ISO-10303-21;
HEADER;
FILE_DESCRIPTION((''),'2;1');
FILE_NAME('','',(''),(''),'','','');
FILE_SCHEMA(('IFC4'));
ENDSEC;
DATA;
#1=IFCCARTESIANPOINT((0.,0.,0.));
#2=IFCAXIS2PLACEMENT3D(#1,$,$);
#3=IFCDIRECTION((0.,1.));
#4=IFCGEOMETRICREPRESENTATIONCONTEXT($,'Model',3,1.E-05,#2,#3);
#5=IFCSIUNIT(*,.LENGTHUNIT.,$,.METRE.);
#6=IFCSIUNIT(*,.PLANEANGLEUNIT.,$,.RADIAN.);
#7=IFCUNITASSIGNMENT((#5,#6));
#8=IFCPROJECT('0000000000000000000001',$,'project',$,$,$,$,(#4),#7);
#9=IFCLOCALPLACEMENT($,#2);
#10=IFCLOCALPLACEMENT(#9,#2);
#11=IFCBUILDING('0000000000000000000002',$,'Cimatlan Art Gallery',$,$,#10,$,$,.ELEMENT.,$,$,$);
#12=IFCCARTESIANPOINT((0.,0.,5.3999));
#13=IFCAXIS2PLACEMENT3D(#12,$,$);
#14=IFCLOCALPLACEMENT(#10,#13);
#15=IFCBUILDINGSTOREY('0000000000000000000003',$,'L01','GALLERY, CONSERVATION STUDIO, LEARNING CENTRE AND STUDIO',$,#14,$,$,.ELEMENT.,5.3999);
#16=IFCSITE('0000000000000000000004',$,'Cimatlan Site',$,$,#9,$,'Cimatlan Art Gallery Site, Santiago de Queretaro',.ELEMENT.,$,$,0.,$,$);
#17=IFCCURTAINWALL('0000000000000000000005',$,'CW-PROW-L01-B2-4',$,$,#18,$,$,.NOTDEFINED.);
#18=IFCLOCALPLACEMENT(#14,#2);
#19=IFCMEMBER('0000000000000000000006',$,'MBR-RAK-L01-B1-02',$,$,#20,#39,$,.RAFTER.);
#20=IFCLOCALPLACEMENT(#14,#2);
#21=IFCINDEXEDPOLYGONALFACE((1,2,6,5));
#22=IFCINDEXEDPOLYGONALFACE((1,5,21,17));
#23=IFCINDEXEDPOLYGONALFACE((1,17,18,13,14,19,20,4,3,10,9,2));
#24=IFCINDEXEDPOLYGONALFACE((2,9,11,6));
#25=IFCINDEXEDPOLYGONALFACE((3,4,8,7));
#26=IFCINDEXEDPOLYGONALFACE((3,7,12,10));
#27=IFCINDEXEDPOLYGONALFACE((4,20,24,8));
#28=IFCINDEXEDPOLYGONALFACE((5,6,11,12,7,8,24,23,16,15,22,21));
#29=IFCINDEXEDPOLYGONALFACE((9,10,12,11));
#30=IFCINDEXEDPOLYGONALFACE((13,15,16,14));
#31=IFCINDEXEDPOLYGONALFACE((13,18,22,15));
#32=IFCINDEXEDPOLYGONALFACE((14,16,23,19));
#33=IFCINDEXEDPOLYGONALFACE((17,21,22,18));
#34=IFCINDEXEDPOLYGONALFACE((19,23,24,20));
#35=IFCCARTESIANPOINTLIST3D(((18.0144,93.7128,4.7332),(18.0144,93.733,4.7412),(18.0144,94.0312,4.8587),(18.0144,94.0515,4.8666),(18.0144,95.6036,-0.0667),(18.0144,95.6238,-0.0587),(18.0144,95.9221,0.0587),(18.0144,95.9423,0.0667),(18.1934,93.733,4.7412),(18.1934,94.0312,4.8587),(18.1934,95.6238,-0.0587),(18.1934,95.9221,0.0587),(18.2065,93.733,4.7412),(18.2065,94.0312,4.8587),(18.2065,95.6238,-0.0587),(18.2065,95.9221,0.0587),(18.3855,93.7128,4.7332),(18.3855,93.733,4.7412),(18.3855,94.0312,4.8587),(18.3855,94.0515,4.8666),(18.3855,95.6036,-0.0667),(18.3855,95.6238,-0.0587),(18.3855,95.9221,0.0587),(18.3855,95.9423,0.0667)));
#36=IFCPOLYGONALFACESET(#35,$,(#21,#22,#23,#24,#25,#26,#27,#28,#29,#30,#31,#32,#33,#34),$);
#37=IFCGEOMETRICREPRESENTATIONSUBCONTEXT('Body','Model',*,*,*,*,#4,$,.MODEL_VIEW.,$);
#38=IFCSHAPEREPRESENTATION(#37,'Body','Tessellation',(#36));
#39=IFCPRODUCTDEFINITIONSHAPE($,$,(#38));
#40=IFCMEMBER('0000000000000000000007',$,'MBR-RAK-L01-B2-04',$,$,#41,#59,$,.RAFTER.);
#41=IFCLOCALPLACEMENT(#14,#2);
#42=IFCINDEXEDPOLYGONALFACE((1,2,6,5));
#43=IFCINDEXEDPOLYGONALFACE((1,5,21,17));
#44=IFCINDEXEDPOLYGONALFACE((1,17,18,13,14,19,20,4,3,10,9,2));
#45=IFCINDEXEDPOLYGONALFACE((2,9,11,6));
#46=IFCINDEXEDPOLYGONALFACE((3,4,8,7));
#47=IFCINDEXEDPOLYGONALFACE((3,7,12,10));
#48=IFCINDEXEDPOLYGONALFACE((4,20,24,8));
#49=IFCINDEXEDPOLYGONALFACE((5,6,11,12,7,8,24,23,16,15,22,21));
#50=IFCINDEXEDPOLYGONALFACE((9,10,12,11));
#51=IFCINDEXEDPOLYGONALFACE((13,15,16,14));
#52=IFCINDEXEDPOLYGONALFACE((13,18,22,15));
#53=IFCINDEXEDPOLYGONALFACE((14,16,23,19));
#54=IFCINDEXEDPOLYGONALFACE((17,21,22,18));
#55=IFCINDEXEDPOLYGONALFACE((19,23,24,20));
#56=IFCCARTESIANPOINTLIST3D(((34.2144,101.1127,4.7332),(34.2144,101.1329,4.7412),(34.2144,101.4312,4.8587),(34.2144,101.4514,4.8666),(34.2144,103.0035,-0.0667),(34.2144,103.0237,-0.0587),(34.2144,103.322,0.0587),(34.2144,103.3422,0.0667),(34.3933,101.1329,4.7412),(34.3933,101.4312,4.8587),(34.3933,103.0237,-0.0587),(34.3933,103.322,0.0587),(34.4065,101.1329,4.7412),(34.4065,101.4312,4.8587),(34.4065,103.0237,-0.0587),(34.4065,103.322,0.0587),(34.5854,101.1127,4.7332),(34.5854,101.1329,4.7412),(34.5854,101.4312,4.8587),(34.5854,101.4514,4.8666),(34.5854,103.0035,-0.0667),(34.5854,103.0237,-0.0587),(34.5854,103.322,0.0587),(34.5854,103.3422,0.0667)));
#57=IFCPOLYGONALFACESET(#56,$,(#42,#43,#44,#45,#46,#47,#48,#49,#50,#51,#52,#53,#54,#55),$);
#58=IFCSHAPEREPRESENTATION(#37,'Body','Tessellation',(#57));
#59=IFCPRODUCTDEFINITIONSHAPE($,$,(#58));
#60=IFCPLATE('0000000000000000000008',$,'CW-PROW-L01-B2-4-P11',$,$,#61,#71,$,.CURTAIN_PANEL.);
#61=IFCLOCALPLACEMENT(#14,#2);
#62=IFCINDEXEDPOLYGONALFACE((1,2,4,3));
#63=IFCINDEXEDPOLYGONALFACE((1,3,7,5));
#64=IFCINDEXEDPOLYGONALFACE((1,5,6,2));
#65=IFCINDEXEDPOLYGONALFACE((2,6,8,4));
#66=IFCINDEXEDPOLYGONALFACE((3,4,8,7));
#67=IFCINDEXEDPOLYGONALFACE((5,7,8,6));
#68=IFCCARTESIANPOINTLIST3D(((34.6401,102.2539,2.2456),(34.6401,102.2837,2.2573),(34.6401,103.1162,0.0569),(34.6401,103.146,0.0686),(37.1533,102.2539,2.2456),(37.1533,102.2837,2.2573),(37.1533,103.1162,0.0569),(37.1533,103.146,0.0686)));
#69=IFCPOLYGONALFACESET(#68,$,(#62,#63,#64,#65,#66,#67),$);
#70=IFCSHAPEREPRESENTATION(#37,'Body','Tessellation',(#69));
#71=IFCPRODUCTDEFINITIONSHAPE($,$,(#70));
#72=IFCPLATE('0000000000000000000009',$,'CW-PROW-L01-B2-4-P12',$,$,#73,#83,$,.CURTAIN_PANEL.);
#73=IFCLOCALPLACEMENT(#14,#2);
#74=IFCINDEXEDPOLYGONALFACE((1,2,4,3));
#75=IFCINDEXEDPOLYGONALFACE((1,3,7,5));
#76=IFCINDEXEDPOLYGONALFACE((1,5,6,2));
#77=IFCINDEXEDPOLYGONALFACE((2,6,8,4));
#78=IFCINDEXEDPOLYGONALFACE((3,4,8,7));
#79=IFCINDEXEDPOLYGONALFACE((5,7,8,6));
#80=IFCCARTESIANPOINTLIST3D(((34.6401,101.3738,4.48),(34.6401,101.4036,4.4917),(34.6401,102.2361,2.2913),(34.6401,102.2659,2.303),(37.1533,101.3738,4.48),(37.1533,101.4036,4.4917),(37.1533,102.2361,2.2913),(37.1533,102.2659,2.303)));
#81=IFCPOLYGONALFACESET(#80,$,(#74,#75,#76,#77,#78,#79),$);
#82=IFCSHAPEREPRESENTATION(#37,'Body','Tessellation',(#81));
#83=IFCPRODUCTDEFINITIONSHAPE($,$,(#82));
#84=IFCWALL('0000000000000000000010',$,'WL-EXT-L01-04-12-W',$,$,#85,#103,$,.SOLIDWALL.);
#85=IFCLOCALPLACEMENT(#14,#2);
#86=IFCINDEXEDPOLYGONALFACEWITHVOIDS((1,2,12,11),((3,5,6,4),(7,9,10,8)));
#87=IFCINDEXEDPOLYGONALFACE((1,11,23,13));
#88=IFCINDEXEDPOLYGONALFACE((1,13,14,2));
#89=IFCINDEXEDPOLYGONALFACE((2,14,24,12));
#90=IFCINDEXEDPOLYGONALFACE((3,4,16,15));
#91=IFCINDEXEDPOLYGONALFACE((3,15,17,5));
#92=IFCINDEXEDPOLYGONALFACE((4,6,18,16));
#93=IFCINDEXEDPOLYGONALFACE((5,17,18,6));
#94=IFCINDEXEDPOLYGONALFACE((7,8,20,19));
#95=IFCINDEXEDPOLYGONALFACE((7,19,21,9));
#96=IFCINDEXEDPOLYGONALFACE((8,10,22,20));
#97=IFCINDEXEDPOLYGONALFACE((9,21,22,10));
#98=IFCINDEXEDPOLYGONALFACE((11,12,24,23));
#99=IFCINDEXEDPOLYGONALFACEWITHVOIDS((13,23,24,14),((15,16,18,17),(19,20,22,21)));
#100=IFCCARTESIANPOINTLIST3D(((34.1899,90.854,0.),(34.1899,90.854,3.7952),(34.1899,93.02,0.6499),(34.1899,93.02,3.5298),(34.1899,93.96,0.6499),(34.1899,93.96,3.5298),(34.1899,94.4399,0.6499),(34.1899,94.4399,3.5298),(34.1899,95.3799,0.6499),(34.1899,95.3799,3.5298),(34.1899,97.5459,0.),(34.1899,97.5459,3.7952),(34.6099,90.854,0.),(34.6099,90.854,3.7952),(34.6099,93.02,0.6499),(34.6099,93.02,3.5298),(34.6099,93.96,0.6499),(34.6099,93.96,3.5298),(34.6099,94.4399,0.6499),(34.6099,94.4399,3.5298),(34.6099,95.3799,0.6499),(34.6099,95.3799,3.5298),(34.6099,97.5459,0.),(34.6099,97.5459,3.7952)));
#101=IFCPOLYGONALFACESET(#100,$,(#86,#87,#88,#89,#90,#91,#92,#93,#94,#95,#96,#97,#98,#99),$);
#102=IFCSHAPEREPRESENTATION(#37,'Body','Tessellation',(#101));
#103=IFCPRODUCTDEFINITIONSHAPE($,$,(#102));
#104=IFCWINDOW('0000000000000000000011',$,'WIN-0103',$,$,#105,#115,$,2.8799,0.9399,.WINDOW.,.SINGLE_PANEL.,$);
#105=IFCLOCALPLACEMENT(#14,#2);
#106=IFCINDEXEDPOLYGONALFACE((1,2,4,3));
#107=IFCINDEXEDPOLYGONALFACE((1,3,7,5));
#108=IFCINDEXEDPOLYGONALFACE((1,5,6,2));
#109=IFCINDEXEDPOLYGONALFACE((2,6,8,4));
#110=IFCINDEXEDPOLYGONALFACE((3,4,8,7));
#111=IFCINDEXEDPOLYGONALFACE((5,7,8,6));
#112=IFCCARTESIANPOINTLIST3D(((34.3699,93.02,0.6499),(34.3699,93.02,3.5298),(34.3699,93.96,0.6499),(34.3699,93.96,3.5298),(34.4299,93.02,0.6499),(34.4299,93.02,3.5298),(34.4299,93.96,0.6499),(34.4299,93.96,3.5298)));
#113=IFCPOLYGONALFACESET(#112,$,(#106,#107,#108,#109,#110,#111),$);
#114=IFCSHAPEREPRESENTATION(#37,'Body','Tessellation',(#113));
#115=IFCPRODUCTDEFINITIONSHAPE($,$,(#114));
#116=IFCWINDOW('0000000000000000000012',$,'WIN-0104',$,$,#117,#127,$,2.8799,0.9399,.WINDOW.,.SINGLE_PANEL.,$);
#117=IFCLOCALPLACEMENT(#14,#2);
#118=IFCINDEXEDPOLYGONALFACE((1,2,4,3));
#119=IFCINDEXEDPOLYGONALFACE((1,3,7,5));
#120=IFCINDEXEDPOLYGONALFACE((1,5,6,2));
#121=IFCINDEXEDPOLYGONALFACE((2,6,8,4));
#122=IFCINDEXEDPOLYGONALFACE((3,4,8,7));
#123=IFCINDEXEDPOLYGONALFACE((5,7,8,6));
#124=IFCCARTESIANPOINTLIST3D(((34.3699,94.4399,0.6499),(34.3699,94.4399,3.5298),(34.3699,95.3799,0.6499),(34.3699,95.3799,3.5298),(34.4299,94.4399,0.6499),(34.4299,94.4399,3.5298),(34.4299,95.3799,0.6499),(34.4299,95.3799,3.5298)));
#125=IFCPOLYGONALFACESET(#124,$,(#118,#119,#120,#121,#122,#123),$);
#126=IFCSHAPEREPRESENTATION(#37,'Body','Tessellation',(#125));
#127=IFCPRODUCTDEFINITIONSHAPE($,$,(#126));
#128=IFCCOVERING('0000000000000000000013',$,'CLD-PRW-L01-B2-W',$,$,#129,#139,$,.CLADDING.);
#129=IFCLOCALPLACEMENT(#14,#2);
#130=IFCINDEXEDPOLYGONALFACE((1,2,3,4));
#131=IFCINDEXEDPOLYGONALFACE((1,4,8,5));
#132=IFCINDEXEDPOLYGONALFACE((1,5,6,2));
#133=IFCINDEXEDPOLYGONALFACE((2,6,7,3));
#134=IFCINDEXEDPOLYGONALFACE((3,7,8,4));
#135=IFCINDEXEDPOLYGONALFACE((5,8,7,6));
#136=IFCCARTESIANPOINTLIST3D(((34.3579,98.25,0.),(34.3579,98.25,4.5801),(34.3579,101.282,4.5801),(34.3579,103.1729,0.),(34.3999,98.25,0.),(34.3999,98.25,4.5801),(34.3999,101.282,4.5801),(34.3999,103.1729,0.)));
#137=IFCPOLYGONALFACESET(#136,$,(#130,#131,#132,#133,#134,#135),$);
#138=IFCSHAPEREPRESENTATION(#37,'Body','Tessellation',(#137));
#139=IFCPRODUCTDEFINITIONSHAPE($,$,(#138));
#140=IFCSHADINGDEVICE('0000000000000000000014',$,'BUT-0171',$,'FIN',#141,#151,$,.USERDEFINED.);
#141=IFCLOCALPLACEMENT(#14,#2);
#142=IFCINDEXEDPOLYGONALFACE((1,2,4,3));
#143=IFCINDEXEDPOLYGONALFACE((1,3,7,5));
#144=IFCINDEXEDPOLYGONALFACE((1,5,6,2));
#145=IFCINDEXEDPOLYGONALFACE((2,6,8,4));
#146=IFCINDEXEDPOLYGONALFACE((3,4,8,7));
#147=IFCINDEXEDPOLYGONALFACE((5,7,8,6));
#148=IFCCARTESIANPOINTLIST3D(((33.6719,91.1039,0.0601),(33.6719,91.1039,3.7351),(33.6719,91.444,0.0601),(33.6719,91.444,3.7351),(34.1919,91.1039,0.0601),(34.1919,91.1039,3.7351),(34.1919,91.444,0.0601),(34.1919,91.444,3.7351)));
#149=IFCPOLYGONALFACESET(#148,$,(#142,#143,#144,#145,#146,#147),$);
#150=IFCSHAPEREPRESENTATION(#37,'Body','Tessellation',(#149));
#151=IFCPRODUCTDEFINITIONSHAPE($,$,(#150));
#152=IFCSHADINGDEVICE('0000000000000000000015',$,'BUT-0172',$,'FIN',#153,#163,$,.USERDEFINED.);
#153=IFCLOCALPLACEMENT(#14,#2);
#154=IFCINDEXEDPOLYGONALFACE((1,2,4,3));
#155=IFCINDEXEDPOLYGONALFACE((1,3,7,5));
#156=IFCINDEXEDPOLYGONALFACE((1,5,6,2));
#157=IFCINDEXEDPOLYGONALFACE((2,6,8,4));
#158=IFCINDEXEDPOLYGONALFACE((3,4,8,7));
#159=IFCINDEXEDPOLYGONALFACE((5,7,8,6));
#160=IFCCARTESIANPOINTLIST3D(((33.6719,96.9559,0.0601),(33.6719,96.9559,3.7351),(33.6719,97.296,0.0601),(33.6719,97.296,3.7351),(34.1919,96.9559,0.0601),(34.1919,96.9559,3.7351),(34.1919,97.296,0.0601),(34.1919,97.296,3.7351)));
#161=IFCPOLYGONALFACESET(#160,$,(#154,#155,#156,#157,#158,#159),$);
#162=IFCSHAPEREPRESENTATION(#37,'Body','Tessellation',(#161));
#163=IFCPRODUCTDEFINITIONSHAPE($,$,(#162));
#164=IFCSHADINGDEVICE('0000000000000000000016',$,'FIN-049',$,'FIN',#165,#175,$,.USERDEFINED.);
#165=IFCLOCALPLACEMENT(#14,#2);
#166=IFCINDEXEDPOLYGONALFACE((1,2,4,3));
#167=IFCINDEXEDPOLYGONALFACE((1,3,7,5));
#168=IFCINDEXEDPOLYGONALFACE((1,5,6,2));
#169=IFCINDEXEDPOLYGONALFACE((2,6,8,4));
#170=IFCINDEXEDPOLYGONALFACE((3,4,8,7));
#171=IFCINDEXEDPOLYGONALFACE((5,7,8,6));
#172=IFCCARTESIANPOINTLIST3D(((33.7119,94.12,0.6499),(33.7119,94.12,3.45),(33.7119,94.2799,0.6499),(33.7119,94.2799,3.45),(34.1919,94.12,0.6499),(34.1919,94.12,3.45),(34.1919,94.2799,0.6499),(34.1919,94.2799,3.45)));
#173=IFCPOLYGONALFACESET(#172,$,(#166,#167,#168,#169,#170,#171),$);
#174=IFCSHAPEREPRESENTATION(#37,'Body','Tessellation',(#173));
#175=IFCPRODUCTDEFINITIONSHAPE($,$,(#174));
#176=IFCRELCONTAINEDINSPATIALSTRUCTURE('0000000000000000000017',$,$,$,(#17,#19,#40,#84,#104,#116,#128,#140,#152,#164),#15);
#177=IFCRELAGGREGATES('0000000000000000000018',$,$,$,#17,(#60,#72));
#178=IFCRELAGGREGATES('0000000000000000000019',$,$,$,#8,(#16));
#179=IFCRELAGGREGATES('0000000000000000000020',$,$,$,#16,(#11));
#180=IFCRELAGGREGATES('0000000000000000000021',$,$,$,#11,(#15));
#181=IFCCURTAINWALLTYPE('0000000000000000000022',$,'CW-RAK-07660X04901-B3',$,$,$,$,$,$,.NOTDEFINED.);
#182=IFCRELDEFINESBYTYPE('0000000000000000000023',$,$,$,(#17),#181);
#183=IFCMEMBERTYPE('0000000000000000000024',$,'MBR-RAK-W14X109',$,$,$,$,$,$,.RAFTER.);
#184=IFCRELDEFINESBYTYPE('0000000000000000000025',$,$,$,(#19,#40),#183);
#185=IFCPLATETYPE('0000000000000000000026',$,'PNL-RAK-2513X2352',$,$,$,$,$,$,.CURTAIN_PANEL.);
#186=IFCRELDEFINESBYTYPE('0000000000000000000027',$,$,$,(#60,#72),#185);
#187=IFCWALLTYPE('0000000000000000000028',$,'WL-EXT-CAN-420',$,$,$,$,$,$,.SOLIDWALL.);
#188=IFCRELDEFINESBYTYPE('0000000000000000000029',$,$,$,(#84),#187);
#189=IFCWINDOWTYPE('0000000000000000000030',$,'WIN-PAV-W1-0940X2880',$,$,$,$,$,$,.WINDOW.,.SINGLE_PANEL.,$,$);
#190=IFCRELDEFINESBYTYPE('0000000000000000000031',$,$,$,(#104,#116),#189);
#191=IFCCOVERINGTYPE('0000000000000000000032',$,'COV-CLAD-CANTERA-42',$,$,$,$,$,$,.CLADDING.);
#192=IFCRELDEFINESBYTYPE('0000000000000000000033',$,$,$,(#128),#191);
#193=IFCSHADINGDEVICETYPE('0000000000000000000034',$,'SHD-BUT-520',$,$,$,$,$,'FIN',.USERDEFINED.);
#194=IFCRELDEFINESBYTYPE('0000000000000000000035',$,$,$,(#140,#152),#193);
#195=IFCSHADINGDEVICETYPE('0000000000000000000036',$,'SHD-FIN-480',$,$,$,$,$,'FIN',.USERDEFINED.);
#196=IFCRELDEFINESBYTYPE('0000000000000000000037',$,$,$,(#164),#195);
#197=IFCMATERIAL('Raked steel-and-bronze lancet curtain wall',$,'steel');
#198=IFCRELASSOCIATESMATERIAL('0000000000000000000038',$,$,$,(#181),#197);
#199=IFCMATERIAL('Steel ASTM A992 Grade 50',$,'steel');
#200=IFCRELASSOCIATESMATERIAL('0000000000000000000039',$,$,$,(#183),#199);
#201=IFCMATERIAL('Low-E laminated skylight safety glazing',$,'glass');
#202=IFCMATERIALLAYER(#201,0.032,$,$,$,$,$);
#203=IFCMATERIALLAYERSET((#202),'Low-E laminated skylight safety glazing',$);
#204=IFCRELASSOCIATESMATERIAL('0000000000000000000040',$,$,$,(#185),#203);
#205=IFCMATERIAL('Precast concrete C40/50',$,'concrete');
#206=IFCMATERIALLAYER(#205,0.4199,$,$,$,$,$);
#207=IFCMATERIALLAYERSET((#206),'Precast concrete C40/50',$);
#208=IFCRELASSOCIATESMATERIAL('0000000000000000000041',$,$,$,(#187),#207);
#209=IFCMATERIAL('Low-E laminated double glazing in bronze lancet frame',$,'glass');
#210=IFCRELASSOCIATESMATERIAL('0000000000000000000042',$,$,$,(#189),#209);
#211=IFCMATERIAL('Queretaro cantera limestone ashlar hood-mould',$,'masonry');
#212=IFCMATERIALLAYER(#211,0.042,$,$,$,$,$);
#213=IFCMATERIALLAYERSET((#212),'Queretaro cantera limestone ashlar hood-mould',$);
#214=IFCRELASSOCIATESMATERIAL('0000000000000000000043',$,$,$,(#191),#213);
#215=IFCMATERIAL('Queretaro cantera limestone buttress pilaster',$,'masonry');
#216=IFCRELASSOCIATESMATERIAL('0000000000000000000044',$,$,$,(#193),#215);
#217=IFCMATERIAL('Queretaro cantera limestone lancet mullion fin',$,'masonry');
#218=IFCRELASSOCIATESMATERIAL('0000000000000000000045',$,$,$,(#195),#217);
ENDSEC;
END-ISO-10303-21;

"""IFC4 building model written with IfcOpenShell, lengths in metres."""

from ifc_helpers import new_model, si_unit, direction, frame, frame_2d, origin, origin_2d, place, context, subcontext, project, spatial, polyline, rectangle, i_section, outline, extrude, material, layer, layer_set, material_profile, profile_set, type_object, element, fill, aggregate, save


model = new_model("IFC4")

# Units and contexts
model_context = context("Model", 3, precision=1e-05, world=origin(), true_north=direction((0.0, 1.0)))
body_context = subcontext(model_context, "Body", "Model", "MODEL_VIEW")
ifc_project = project(units=[si_unit("LENGTHUNIT", "METRE"), si_unit("PLANEANGLEUNIT", "RADIAN")], contexts=[model_context])

# Site, building, storey
site_placement = place(None, origin())
site = spatial("IfcSite", under=ifc_project, at=site_placement, Name="Cimatlan Site", LongName="Cimatlan Art Gallery Site, Santiago de Queretaro", CompositionType="ELEMENT", RefElevation=0.0)
building_placement = place(site_placement, origin())
building = spatial("IfcBuilding", under=site, at=building_placement, Name="Cimatlan Art Gallery", CompositionType="ELEMENT")
storey_placement = place(building_placement, frame((0.0, 0.0, 5.3999)))
storey = spatial("IfcBuildingStorey", under=building, at=storey_placement, Name="L01", Description="GALLERY, CONSERVATION STUDIO, LEARNING CENTRE AND STUDIO", CompositionType="ELEMENT", Elevation=5.3999)

# Shared definitions
ifc_material_1 = material(Name="Steel ASTM A992 Grade 50", Category="steel")

# Curtain wall
ifc_material_2 = material(Name="Raked steel-and-bronze lancet curtain wall", Category="steel")
curtain_wall_type = type_object("IfcCurtainWallType", Name="CW-RAK-07660X04901-B3", PredefinedType="NOTDEFINED", material=ifc_material_2)
curtain_wall_placement = place(storey_placement, origin())
curtain_wall = element("IfcCurtainWall", 1, at=curtain_wall_placement, inside=storey, type_object=curtain_wall_type, Name="CW-PROW-L01-B2-4", PredefinedType="NOTDEFINED")

# Members
ifc_material_profile_1 = material_profile(ifc_material_1, i_section(OverallWidth=0.3711, OverallDepth=0.364, WebThickness=0.0132, FlangeThickness=0.0217, at=origin_2d()), Name="W14X109")
ifc_profile_set_1 = profile_set([ifc_material_profile_1], Name="Steel ASTM A992 Grade 50")
member_type_1 = type_object("IfcMemberType", Name="MBR-RAK-W14X109", PredefinedType="RAFTER", material=ifc_profile_set_1)
for number, where, z_axis, x_axis, name in (
    (2, (18.2, 95.7729, 0.0), (0.0, -0.366515, 0.930412), (1.0, 0.0, 0.0), "MBR-RAK-L01-B1-02"),
    (3, (34.3999, 103.1729, 0.0), (0.0, -0.366515, 0.930412), (1.0, 0.0, 0.0), "MBR-RAK-L01-B2-04"),
):
    element("IfcMember", number, at=place(storey_placement, frame(where, z_axis=z_axis, x_axis=x_axis)), inside=storey, type_object=member_type_1, Name=name, PredefinedType="RAFTER", context=body_context, shape_type="SweptSolid", body=[
        extrude(i_section(OverallWidth=0.3711, OverallDepth=0.364, WebThickness=0.0132, FlangeThickness=0.0217, at=origin_2d()), origin(), (0.0, 0.0, 1.0), 5.1589),
    ])

# Plates
ifc_material_3 = material(Name="Low-E laminated skylight safety glazing", Category="glass")
ifc_layer_1 = layer(ifc_material_3, 0.032)
ifc_layer_set_1 = layer_set([ifc_layer_1], Name="Low-E laminated skylight safety glazing")
plate_type = type_object("IfcPlateType", Name="PNL-RAK-2513X2352", PredefinedType="CURTAIN_PANEL", material=ifc_layer_set_1)
plate_1_placement = place(storey_placement, frame((34.6401, 103.146, 0.0686), z_axis=(0.0, 0.930397, 0.366554), x_axis=(1.0, 0.0, 0.0)))
plate_1 = element("IfcPlate", 4, at=plate_1_placement, type_object=plate_type, Name="CW-PROW-L01-B2-4-P11", PredefinedType="CURTAIN_PANEL", context=body_context, shape_type="SweptSolid", body=[
    extrude(outline(polyline([(0.0, 0.0), (2.5132, 0.0), (2.5132, -2.3525), (0.0, -2.3525), (0.0, 0.0)])), origin(), (0.0, 0.0, -1.0), 0.032),
])
plate_2_placement = place(storey_placement, frame((34.6401, 102.2659, 2.303), z_axis=(0.0, 0.930397, 0.366554), x_axis=(1.0, 0.0, 0.0)))
plate_2 = element("IfcPlate", 5, at=plate_2_placement, type_object=plate_type, Name="CW-PROW-L01-B2-4-P12", PredefinedType="CURTAIN_PANEL", context=body_context, shape_type="SweptSolid", body=[
    extrude(outline(polyline([(0.0, 0.0), (2.5132, 0.0), (2.5132, -2.3525), (0.0, -2.3525), (0.0, 0.0)])), origin(), (0.0, 0.0, -1.0), 0.032),
])
aggregate(curtain_wall, [plate_1, plate_2])

# Wall, openings, windows
ifc_material_4 = material(Name="Precast concrete C40/50", Category="concrete")
ifc_layer_2 = layer(ifc_material_4, 0.4199)
ifc_layer_set_2 = layer_set([ifc_layer_2], Name="Precast concrete C40/50")
wall_type = type_object("IfcWallType", Name="WL-EXT-CAN-420", PredefinedType="SOLIDWALL", material=ifc_layer_set_2)
wall_placement = place(storey_placement, frame((34.3999, 90.854, 0.0), z_axis=(0.0, 0.0, 1.0), x_axis=(0.0, 1.0, 0.0)))
wall = element("IfcWall", 6, at=wall_placement, inside=storey, type_object=wall_type, Name="WL-EXT-L01-04-12-W", PredefinedType="SOLIDWALL", context=body_context, shape_type="SweptSolid", body=[
    extrude(rectangle(XDim=6.6919, YDim=0.4199, at=frame_2d((3.3459, 0.0))), origin(), (0.0, 0.0, 1.0), 3.7952),
])
opening_1_placement = place(wall_placement, frame((2.166, 0.0, 0.6499)))
opening_1 = element("IfcOpeningElement", 7, at=opening_1_placement, cuts=wall, PredefinedType="OPENING", context=body_context, shape_type="SweptSolid", body=[
    extrude(rectangle(XDim=0.9399, YDim=2.8799, at=frame_2d((0.47, 1.4399))), frame((0.0, 0.22, 0.0), z_axis=(0.0, -1.0, 0.0), x_axis=(1.0, 0.0, 0.0)), (0.0, 0.0, 1.0), 0.4399),
])
opening_2_placement = place(wall_placement, frame((3.5859, 0.0, 0.6499)))
opening_2 = element("IfcOpeningElement", 8, at=opening_2_placement, cuts=wall, PredefinedType="OPENING", context=body_context, shape_type="SweptSolid", body=[
    extrude(rectangle(XDim=0.9399, YDim=2.8799, at=frame_2d((0.47, 1.4399))), frame((0.0, 0.22, 0.0), z_axis=(0.0, -1.0, 0.0), x_axis=(1.0, 0.0, 0.0)), (0.0, 0.0, 1.0), 0.4399),
])
ifc_material_5 = material(Name="Low-E laminated double glazing in bronze lancet frame", Category="glass")
window_type = type_object("IfcWindowType", Name="WIN-PAV-W1-0940X2880", PartitioningType="SINGLE_PANEL", PredefinedType="WINDOW", material=ifc_material_5)
window_1_placement = place(opening_1_placement, origin())
window_1 = element("IfcWindow", 9, at=window_1_placement, inside=storey, type_object=window_type, Name="WIN-0103", OverallHeight=2.8799, OverallWidth=0.9399, PartitioningType="SINGLE_PANEL", PredefinedType="WINDOW", context=body_context, shape_type="SweptSolid", body=[
    extrude(rectangle(XDim=0.9399, YDim=2.8799, at=frame_2d((0.47, 1.4399))), frame((0.0, 0.03, 0.0), z_axis=(0.0, -1.0, 0.0), x_axis=(1.0, 0.0, 0.0)), (0.0, 0.0, 1.0), 0.0601),
])
fill(opening_1, window_1)
window_2_placement = place(opening_2_placement, origin())
window_2 = element("IfcWindow", 10, at=window_2_placement, inside=storey, type_object=window_type, Name="WIN-0104", OverallHeight=2.8799, OverallWidth=0.9399, PartitioningType="SINGLE_PANEL", PredefinedType="WINDOW", context=body_context, shape_type="SweptSolid", body=[
    extrude(rectangle(XDim=0.9399, YDim=2.8799, at=frame_2d((0.47, 1.4399))), frame((0.0, 0.03, 0.0), z_axis=(0.0, -1.0, 0.0), x_axis=(1.0, 0.0, 0.0)), (0.0, 0.0, 1.0), 0.0601),
])
fill(opening_2, window_2)

# Covering
ifc_material_6 = material(Name="Queretaro cantera limestone ashlar hood-mould", Category="masonry")
ifc_layer_3 = layer(ifc_material_6, 0.042)
ifc_layer_set_3 = layer_set([ifc_layer_3], Name="Queretaro cantera limestone ashlar hood-mould")
covering_type = type_object("IfcCoveringType", Name="COV-CLAD-CANTERA-42", PredefinedType="CLADDING", material=ifc_layer_set_3)
covering_placement = place(storey_placement, frame((34.3999, 98.25, 0.0), z_axis=(1.0, 0.0, 0.0), x_axis=(0.0, 1.0, 0.0)))
element("IfcCovering", 11, at=covering_placement, inside=storey, type_object=covering_type, Name="CLD-PRW-L01-B2-W", PredefinedType="CLADDING", context=body_context, shape_type="SweptSolid", body=[
    extrude(outline(polyline([(0.0, 0.0), (4.9229, 0.0), (3.032, 4.5801), (0.0, 4.5801), (0.0, 0.0)])), origin(), (0.0, 0.0, -1.0), 0.042),
])

# Shading devices
ifc_material_7 = material(Name="Queretaro cantera limestone buttress pilaster", Category="masonry")
shading_device_type_1 = type_object("IfcShadingDeviceType", Name="SHD-BUT-520", ElementType="FIN", PredefinedType="USERDEFINED", material=ifc_material_7)
for number, where, z_axis, x_axis, name in (
    (12, (33.9319, 91.2739, 0.0601), (0.0, 0.0, 1.0), (0.0, 1.0, 0.0), "BUT-0171"),
    (13, (33.9319, 97.126, 0.0601), (0.0, 0.0, 1.0), (0.0, 1.0, 0.0), "BUT-0172"),
):
    element("IfcShadingDevice", number, at=place(storey_placement, frame(where, z_axis=z_axis, x_axis=x_axis)), inside=storey, type_object=shading_device_type_1, Name=name, ObjectType="FIN", PredefinedType="USERDEFINED", context=body_context, shape_type="SweptSolid", body=[
        extrude(rectangle(XDim=0.3401, YDim=0.52, at=origin_2d()), origin(), (0.0, 0.0, 1.0), 3.675),
    ])
ifc_material_8 = material(Name="Queretaro cantera limestone lancet mullion fin", Category="masonry")
shading_device_type_2 = type_object("IfcShadingDeviceType", Name="SHD-FIN-480", ElementType="FIN", PredefinedType="USERDEFINED", material=ifc_material_8)
shading_device_placement = place(storey_placement, frame((33.9519, 94.2, 0.6499), z_axis=(0.0, 0.0, 1.0), x_axis=(0.0, 1.0, 0.0)))
element("IfcShadingDevice", 14, at=shading_device_placement, inside=storey, type_object=shading_device_type_2, Name="FIN-049", ObjectType="FIN", PredefinedType="USERDEFINED", context=body_context, shape_type="SweptSolid", body=[
    extrude(rectangle(XDim=0.1599, YDim=0.48, at=origin_2d()), origin(), (0.0, 0.0, 1.0), 2.8),
])

save(model, "model.ifc")
